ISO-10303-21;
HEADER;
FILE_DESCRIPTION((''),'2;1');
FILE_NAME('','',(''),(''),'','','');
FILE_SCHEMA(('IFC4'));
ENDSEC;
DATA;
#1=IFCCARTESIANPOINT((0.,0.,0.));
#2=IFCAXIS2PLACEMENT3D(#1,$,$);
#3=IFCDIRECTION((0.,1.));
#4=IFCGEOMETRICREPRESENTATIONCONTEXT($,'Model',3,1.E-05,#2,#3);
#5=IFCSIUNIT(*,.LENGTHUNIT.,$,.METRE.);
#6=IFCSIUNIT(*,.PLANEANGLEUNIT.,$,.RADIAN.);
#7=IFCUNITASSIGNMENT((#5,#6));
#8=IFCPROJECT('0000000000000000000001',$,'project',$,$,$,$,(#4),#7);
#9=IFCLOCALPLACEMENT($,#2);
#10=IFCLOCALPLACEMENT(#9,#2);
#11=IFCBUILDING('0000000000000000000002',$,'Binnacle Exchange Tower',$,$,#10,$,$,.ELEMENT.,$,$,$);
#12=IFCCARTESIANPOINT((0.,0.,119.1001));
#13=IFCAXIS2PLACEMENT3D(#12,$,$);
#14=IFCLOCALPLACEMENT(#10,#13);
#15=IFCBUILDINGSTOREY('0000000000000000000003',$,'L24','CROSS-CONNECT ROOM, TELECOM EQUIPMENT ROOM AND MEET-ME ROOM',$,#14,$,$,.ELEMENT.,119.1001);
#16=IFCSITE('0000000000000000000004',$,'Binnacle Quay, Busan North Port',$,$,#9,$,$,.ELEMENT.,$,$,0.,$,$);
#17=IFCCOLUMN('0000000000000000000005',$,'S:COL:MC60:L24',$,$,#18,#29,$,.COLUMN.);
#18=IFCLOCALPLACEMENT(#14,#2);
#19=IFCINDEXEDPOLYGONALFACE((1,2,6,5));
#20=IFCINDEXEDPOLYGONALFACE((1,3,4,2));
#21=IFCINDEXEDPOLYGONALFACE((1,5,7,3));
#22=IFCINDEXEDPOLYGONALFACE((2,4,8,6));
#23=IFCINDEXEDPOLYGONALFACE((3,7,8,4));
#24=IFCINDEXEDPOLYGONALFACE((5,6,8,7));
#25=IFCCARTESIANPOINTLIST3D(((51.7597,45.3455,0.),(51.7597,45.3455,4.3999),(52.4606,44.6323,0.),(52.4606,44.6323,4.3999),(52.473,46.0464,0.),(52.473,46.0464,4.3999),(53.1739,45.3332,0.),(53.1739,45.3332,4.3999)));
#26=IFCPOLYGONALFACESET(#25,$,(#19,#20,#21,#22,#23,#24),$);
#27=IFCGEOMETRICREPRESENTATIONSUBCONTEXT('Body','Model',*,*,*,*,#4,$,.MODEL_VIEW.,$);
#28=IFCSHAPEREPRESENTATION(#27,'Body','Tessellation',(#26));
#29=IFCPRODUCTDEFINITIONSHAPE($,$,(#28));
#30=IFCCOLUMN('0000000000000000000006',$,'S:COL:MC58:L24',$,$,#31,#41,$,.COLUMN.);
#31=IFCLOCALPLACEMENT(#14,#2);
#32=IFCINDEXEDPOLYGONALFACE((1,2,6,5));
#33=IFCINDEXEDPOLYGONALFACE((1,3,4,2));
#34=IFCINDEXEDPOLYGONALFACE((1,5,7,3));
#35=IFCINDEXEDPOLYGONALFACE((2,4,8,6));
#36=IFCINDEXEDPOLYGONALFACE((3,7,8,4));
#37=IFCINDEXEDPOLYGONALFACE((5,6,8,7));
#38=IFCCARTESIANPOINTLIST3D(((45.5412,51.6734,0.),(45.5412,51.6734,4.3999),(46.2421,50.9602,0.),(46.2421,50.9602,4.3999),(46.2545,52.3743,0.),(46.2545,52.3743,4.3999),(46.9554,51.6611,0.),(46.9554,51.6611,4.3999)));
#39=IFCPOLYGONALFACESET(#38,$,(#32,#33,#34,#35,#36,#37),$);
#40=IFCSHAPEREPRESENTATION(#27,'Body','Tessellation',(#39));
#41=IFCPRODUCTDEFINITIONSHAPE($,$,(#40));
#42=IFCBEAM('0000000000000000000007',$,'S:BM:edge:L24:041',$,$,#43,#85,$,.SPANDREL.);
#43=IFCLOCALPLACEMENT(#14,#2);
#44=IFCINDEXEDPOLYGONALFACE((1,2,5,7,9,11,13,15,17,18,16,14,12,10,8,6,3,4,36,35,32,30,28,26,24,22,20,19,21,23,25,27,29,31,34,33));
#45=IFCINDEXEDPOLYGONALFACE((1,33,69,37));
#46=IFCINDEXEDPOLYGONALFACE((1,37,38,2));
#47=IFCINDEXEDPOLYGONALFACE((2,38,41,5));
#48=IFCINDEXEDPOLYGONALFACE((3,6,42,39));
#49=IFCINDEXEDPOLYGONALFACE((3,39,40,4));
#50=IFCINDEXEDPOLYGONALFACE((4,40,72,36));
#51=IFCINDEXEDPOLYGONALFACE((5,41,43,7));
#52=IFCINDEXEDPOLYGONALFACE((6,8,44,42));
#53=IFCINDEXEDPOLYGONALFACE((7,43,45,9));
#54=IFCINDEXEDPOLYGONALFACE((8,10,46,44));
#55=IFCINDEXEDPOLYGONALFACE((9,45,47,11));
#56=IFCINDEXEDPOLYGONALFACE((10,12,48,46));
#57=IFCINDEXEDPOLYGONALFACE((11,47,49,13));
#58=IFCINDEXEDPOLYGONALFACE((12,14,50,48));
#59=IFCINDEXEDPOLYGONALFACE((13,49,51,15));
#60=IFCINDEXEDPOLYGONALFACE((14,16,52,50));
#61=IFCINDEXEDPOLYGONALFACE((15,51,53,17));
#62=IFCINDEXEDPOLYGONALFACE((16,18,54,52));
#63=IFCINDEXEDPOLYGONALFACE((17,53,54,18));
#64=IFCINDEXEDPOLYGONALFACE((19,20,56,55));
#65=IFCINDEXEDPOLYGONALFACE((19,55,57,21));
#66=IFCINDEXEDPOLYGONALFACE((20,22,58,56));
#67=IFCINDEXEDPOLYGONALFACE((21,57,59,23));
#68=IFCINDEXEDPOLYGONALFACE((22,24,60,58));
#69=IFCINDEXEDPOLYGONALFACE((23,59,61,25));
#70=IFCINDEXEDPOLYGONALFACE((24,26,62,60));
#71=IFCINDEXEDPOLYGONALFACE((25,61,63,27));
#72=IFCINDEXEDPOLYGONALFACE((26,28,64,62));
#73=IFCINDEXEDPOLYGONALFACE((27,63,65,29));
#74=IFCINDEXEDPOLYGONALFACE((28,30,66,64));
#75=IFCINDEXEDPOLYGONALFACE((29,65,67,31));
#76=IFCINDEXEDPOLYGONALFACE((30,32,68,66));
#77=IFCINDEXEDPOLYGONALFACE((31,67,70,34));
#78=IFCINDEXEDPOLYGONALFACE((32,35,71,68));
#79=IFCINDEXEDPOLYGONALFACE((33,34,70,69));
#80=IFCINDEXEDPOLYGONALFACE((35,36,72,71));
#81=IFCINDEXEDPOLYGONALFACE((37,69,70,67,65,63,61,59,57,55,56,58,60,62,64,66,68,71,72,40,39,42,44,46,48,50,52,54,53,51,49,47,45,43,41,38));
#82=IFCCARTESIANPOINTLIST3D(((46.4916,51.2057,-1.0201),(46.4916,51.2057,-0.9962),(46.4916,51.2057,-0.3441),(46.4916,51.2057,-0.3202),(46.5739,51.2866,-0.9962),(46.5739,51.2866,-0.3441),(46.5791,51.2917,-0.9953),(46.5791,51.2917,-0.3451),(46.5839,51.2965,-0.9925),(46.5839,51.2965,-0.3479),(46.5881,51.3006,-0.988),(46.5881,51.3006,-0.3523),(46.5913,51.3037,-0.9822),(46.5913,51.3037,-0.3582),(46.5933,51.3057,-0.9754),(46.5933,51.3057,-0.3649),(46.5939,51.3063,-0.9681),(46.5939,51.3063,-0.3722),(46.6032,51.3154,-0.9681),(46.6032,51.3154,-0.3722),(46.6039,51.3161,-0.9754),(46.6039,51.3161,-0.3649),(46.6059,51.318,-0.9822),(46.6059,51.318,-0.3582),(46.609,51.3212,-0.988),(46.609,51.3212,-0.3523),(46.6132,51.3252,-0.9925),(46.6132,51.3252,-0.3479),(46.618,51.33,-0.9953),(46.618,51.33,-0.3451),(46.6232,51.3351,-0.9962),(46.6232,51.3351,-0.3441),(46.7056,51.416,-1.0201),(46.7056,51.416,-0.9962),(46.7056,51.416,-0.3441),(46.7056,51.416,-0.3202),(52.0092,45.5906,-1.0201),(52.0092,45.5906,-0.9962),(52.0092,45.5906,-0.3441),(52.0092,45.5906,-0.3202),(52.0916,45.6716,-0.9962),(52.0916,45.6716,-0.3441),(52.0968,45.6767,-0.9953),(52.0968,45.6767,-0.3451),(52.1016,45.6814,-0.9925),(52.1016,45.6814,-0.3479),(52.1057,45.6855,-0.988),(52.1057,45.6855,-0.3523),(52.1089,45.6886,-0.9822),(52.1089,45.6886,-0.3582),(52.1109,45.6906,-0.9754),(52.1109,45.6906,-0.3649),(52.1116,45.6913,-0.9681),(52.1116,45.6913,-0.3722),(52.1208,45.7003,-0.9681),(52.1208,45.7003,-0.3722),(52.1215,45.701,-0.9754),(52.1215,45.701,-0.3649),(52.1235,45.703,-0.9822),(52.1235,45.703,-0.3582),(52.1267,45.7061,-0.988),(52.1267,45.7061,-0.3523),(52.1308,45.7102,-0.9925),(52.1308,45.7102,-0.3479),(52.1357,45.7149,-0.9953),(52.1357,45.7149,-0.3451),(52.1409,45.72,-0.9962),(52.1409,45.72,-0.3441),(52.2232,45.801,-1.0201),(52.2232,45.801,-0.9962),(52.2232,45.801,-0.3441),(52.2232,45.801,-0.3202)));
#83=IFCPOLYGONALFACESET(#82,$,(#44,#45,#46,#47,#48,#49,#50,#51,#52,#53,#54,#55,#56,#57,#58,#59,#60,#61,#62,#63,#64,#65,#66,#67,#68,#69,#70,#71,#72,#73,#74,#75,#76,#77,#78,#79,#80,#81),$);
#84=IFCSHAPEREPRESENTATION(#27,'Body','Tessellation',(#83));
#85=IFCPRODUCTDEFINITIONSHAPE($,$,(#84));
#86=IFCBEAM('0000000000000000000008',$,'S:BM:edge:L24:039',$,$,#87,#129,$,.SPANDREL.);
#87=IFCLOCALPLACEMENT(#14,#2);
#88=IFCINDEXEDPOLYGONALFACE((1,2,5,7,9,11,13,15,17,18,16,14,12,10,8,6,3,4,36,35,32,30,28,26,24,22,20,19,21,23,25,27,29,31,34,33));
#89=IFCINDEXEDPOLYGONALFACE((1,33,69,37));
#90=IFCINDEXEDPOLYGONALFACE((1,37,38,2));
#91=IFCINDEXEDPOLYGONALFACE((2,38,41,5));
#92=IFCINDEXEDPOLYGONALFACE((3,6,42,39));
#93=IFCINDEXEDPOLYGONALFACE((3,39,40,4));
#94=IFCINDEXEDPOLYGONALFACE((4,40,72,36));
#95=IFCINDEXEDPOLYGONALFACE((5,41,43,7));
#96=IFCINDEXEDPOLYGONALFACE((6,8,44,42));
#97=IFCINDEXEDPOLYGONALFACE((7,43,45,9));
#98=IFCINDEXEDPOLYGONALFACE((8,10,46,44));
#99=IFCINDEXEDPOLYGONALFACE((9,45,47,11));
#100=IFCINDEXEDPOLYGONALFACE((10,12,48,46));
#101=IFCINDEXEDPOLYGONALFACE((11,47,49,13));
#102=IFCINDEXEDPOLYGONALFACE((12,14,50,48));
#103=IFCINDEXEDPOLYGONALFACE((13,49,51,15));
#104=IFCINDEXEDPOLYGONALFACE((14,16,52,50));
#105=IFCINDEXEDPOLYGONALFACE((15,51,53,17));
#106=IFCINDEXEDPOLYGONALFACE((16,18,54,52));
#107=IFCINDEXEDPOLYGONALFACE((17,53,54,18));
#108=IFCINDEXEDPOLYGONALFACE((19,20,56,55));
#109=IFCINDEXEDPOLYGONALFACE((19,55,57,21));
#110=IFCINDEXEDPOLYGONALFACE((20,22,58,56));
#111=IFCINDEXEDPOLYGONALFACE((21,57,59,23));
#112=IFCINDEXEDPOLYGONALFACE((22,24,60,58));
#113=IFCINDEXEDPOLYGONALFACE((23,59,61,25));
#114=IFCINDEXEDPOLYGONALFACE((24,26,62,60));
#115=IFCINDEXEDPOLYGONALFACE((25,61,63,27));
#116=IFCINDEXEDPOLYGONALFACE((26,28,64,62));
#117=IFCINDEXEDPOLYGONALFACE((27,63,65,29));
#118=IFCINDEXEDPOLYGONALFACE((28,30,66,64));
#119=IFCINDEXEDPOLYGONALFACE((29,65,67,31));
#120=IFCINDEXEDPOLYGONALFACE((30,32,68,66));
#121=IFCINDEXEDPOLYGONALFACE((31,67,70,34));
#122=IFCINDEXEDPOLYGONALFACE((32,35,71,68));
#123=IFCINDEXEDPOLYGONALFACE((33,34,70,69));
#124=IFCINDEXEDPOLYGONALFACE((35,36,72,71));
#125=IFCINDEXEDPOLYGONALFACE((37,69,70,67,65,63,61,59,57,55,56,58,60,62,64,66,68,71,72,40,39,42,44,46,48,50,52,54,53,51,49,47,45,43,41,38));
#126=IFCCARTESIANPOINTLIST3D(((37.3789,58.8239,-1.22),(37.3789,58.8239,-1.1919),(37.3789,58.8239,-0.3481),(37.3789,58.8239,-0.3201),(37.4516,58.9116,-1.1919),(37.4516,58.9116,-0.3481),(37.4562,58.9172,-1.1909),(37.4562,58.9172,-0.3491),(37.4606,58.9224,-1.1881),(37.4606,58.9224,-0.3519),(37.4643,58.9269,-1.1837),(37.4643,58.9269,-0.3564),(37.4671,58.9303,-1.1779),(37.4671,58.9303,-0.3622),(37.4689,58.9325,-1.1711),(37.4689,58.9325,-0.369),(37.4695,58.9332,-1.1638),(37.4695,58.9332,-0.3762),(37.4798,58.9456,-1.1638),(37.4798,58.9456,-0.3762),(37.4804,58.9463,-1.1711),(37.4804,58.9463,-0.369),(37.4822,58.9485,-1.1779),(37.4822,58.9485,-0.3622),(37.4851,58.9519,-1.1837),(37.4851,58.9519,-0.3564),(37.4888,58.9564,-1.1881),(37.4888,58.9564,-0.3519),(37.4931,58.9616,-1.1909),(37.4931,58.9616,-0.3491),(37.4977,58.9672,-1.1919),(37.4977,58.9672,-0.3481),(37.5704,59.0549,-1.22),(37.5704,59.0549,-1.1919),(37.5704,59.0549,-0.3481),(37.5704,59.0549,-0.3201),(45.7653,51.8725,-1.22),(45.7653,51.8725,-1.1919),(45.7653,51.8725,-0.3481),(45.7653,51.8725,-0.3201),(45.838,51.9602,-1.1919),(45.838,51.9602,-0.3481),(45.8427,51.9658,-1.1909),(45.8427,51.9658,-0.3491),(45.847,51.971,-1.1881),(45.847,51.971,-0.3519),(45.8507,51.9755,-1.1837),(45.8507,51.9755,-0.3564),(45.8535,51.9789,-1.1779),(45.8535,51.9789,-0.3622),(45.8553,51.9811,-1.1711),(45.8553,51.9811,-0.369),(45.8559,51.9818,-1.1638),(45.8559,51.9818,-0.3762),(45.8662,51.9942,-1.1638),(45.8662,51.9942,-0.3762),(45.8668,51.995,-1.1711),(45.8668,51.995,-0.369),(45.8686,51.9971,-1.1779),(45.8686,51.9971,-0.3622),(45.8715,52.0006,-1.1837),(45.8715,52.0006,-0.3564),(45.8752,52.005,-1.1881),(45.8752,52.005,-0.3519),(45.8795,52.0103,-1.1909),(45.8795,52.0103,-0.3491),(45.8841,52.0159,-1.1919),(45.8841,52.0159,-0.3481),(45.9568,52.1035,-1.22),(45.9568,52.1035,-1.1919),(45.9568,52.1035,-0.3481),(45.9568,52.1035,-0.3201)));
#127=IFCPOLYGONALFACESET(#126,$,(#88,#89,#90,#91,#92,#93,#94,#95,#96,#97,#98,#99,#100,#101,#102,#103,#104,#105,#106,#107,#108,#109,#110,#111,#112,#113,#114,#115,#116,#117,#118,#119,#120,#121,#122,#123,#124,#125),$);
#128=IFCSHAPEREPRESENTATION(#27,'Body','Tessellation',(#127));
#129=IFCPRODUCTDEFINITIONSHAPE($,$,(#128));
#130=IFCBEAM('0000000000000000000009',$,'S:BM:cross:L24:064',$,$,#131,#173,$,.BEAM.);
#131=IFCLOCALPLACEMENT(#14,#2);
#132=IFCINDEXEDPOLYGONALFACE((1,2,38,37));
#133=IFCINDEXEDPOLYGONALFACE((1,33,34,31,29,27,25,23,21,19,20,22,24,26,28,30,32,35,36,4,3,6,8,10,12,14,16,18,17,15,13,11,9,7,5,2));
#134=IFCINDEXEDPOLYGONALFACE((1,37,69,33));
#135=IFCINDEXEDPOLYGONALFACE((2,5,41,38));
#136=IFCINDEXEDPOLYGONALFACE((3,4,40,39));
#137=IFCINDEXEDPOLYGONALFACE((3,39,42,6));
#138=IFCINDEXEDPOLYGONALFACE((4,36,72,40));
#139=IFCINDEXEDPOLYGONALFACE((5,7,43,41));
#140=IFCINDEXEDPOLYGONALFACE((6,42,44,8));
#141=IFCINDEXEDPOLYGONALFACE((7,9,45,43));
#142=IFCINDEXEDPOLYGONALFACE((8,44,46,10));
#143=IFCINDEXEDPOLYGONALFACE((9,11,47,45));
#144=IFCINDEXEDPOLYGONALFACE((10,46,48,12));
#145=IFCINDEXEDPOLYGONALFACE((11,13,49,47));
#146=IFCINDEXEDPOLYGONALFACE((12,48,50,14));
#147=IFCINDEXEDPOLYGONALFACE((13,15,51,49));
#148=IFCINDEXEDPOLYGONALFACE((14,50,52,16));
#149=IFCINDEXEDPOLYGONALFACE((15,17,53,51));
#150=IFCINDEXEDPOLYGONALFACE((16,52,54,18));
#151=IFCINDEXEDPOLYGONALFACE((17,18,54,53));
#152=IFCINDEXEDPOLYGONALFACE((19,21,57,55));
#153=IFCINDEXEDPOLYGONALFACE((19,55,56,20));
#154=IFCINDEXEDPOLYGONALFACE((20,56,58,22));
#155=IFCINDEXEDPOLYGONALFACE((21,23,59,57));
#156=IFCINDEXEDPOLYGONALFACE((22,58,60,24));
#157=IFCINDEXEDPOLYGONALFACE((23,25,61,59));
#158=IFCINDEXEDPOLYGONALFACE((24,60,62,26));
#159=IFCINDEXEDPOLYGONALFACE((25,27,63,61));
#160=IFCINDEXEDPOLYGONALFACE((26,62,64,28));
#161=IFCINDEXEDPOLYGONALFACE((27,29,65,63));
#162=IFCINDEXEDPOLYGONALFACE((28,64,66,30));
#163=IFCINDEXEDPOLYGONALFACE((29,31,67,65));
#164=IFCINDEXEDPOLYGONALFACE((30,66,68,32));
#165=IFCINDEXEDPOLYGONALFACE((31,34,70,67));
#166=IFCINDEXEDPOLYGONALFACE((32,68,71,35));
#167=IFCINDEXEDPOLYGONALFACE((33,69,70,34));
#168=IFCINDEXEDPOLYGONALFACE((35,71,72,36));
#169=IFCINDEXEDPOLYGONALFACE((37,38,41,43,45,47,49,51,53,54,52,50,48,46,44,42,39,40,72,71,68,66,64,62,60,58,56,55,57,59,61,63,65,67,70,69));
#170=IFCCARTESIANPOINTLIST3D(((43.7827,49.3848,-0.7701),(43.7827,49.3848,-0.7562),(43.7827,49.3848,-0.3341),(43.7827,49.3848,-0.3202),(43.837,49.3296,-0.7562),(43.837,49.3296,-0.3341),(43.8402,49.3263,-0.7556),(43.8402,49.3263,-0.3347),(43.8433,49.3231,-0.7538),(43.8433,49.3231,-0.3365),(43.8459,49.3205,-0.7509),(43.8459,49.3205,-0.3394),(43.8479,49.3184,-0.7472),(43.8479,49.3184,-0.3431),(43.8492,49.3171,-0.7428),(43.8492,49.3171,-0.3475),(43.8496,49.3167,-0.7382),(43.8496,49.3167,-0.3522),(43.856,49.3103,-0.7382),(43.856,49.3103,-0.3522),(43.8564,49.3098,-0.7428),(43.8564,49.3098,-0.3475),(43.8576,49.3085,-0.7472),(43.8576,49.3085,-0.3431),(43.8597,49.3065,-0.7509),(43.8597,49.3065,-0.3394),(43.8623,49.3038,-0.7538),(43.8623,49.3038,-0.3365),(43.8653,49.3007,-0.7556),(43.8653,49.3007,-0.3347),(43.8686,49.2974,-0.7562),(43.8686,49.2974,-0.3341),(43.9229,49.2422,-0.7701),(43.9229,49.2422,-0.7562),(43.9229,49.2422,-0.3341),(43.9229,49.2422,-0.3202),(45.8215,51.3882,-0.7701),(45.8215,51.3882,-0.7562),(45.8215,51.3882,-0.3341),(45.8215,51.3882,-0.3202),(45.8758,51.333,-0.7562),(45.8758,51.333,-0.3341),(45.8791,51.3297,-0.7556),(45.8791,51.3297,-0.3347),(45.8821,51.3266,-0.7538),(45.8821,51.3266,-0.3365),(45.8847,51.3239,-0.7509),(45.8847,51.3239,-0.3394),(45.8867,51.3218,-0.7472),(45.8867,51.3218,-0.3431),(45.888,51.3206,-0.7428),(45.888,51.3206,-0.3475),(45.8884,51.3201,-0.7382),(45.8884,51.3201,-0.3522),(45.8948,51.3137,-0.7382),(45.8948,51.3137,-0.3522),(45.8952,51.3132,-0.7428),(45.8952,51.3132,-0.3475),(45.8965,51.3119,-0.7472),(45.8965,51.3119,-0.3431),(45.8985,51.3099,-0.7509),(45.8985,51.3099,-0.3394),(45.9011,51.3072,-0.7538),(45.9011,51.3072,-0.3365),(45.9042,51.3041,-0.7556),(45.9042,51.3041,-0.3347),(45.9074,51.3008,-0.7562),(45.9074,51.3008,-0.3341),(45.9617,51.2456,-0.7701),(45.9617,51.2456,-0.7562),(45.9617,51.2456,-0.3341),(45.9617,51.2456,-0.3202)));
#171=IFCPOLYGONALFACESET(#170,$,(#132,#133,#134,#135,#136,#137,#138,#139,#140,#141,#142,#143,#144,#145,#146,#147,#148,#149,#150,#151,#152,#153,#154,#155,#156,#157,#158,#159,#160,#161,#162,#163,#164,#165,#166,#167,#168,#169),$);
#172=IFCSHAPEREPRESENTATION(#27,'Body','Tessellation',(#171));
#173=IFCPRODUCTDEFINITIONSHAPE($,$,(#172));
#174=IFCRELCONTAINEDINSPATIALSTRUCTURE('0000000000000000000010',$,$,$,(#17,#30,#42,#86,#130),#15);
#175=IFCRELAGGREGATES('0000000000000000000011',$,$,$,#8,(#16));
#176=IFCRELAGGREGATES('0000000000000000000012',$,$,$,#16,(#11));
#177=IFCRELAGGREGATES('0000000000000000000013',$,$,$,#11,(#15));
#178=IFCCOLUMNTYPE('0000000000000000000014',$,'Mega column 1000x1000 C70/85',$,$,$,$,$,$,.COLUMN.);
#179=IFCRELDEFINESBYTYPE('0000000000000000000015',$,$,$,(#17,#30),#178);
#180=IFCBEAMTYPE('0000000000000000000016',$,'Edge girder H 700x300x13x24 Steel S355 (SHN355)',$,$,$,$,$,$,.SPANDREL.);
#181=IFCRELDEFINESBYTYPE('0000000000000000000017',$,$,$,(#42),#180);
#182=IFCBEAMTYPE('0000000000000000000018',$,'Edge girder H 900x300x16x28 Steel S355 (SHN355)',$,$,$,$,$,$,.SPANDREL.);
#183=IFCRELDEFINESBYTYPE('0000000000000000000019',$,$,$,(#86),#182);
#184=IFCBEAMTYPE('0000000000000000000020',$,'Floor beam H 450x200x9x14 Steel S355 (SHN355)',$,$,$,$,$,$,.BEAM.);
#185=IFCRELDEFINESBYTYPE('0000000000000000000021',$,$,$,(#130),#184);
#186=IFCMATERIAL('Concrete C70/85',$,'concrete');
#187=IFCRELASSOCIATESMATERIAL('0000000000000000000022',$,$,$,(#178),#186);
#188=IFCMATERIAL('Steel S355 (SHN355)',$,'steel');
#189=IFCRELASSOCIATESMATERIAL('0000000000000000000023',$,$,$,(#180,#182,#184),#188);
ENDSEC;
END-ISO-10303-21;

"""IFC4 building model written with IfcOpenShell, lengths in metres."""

from ifc_helpers import new_model, si_unit, direction, frame, origin, origin_2d, place, context, subcontext, project, spatial, rectangle, i_section, extrude, material, material_profile, profile_set, type_object, element, save


model = new_model("IFC4")

# Units and contexts
model_context = context("Model", 3, precision=1e-05, world=origin(), true_north=direction((0.0, 1.0)))
body_context = subcontext(model_context, "Body", "Model", "MODEL_VIEW")
ifc_project = project(units=[si_unit("LENGTHUNIT", "METRE"), si_unit("PLANEANGLEUNIT", "RADIAN")], contexts=[model_context])

# Site, building, storey
site_placement = place(None, origin())
site = spatial("IfcSite", under=ifc_project, at=site_placement, Name="Binnacle Quay, Busan North Port", CompositionType="ELEMENT", RefElevation=0.0)
building_placement = place(site_placement, origin())
building = spatial("IfcBuilding", under=site, at=building_placement, Name="Binnacle Exchange Tower", CompositionType="ELEMENT")
storey_placement = place(building_placement, frame((0.0, 0.0, 119.1001)))
storey = spatial("IfcBuildingStorey", under=building, at=storey_placement, Name="L24", Description="CROSS-CONNECT ROOM, TELECOM EQUIPMENT ROOM AND MEET-ME ROOM", CompositionType="ELEMENT", Elevation=119.1001)

# Columns
ifc_material_1 = material(Name="Concrete C70/85", Category="concrete")
ifc_material_profile_1 = material_profile(ifc_material_1, rectangle(XDim=1.0, YDim=1.0, at=origin_2d()), Name="Mega column 1000x1000 C70/85")
ifc_profile_set_1 = profile_set([ifc_material_profile_1], Name="Concrete C70/85")
column_type = type_object("IfcColumnType", Name="Mega column 1000x1000 C70/85", PredefinedType="COLUMN", material=ifc_profile_set_1)
for number, where, z_axis, x_axis, name in (
    (1, (52.4668, 45.3394, 0.0), (0.0, 0.0, 1.0), (-0.700909, 0.71325, 0.0), "S:COL:MC60:L24"),
    (2, (46.2483, 51.6672, 0.0), (0.0, 0.0, 1.0), (-0.700909, 0.71325, 0.0), "S:COL:MC58:L24"),
):
    element("IfcColumn", number, at=place(storey_placement, frame(where, z_axis=z_axis, x_axis=x_axis)), inside=storey, type_object=column_type, Name=name, PredefinedType="COLUMN", context=body_context, shape_type="SweptSolid", body=[
        extrude(rectangle(XDim=1.0, YDim=1.0, at=origin_2d()), origin(), (0.0, 0.0, 1.0), 4.3999),
    ])

# Beams
ifc_material_2 = material(Name="Steel S355 (SHN355)", Category="steel")
ifc_material_profile_2 = material_profile(ifc_material_2, i_section(OverallWidth=0.3, OverallDepth=0.7, WebThickness=0.0129, FlangeThickness=0.0239, FilletRadius=0.0281, at=origin_2d()), Name="H 700x300x13x24")
ifc_profile_set_2 = profile_set([ifc_material_profile_2], Name="Steel S355 (SHN355)")
beam_type_1 = type_object("IfcBeamType", Name="Edge girder H 700x300x13x24 Steel S355 (SHN355)", PredefinedType="SPANDREL", material=ifc_profile_set_2)
beam_1_placement = place(storey_placement, frame((52.1162, 45.6958, -0.6702), z_axis=(-0.700893, 0.713267, 0.0), x_axis=(-0.713267, -0.700893, 0.0)))
element("IfcBeam", 3, at=beam_1_placement, inside=storey, type_object=beam_type_1, Name="S:BM:edge:L24:041", PredefinedType="SPANDREL", context=body_context, shape_type="SweptSolid", body=[
    extrude(i_section(OverallWidth=0.3, OverallDepth=0.7, WebThickness=0.0129, FlangeThickness=0.0239, FilletRadius=0.0281, at=origin_2d()), origin(), (0.0, 0.0, 1.0), 7.8723),
])
ifc_material_profile_3 = material_profile(ifc_material_2, i_section(OverallWidth=0.3, OverallDepth=0.8999, WebThickness=0.0161, FlangeThickness=0.0281, FilletRadius=0.0281, at=origin_2d()), Name="H 900x300x16x28")
ifc_profile_set_3 = profile_set([ifc_material_profile_3], Name="Steel S355 (SHN355)")
beam_type_2 = type_object("IfcBeamType", Name="Edge girder H 900x300x16x28 Steel S355 (SHN355)", PredefinedType="SPANDREL", material=ifc_profile_set_3)
beam_2_placement = place(storey_placement, frame((45.8611, 51.988, -0.77), z_axis=(-0.769903, 0.638161, 0.0), x_axis=(-0.638161, -0.769903, 0.0)))
element("IfcBeam", 4, at=beam_2_placement, inside=storey, type_object=beam_type_2, Name="S:BM:edge:L24:039", PredefinedType="SPANDREL", context=body_context, shape_type="SweptSolid", body=[
    extrude(i_section(OverallWidth=0.3, OverallDepth=0.8999, WebThickness=0.0161, FlangeThickness=0.0281, FilletRadius=0.0281, at=origin_2d()), origin(), (0.0, 0.0, 1.0), 10.8928),
])
ifc_material_profile_4 = material_profile(ifc_material_2, i_section(OverallWidth=0.2, OverallDepth=0.45, WebThickness=0.009, FlangeThickness=0.0139, FilletRadius=0.0181, at=origin_2d()), Name="H 450x200x9x14")
ifc_profile_set_4 = profile_set([ifc_material_profile_4], Name="Steel S355 (SHN355)")
beam_type_3 = type_object("IfcBeamType", Name="Floor beam H 450x200x9x14 Steel S355 (SHN355)", PredefinedType="BEAM", material=ifc_profile_set_4)
for number, where, z_axis, x_axis, name in (
    (5, (45.8916, 51.3169, -0.5452), (-0.713272, -0.700887, 0.0), (0.700887, -0.713272, 0.0), "S:BM:cross:L24:064"),
):
    element("IfcBeam", number, at=place(storey_placement, frame(where, z_axis=z_axis, x_axis=x_axis)), inside=storey, type_object=beam_type_3, Name=name, PredefinedType="BEAM", context=body_context, shape_type="SweptSolid", body=[
        extrude(i_section(OverallWidth=0.2, OverallDepth=0.45, WebThickness=0.009, FlangeThickness=0.0139, FilletRadius=0.0181, at=origin_2d()), origin(), (0.0, 0.0, 1.0), 2.8584),
    ])

save(model, "model.ifc")
